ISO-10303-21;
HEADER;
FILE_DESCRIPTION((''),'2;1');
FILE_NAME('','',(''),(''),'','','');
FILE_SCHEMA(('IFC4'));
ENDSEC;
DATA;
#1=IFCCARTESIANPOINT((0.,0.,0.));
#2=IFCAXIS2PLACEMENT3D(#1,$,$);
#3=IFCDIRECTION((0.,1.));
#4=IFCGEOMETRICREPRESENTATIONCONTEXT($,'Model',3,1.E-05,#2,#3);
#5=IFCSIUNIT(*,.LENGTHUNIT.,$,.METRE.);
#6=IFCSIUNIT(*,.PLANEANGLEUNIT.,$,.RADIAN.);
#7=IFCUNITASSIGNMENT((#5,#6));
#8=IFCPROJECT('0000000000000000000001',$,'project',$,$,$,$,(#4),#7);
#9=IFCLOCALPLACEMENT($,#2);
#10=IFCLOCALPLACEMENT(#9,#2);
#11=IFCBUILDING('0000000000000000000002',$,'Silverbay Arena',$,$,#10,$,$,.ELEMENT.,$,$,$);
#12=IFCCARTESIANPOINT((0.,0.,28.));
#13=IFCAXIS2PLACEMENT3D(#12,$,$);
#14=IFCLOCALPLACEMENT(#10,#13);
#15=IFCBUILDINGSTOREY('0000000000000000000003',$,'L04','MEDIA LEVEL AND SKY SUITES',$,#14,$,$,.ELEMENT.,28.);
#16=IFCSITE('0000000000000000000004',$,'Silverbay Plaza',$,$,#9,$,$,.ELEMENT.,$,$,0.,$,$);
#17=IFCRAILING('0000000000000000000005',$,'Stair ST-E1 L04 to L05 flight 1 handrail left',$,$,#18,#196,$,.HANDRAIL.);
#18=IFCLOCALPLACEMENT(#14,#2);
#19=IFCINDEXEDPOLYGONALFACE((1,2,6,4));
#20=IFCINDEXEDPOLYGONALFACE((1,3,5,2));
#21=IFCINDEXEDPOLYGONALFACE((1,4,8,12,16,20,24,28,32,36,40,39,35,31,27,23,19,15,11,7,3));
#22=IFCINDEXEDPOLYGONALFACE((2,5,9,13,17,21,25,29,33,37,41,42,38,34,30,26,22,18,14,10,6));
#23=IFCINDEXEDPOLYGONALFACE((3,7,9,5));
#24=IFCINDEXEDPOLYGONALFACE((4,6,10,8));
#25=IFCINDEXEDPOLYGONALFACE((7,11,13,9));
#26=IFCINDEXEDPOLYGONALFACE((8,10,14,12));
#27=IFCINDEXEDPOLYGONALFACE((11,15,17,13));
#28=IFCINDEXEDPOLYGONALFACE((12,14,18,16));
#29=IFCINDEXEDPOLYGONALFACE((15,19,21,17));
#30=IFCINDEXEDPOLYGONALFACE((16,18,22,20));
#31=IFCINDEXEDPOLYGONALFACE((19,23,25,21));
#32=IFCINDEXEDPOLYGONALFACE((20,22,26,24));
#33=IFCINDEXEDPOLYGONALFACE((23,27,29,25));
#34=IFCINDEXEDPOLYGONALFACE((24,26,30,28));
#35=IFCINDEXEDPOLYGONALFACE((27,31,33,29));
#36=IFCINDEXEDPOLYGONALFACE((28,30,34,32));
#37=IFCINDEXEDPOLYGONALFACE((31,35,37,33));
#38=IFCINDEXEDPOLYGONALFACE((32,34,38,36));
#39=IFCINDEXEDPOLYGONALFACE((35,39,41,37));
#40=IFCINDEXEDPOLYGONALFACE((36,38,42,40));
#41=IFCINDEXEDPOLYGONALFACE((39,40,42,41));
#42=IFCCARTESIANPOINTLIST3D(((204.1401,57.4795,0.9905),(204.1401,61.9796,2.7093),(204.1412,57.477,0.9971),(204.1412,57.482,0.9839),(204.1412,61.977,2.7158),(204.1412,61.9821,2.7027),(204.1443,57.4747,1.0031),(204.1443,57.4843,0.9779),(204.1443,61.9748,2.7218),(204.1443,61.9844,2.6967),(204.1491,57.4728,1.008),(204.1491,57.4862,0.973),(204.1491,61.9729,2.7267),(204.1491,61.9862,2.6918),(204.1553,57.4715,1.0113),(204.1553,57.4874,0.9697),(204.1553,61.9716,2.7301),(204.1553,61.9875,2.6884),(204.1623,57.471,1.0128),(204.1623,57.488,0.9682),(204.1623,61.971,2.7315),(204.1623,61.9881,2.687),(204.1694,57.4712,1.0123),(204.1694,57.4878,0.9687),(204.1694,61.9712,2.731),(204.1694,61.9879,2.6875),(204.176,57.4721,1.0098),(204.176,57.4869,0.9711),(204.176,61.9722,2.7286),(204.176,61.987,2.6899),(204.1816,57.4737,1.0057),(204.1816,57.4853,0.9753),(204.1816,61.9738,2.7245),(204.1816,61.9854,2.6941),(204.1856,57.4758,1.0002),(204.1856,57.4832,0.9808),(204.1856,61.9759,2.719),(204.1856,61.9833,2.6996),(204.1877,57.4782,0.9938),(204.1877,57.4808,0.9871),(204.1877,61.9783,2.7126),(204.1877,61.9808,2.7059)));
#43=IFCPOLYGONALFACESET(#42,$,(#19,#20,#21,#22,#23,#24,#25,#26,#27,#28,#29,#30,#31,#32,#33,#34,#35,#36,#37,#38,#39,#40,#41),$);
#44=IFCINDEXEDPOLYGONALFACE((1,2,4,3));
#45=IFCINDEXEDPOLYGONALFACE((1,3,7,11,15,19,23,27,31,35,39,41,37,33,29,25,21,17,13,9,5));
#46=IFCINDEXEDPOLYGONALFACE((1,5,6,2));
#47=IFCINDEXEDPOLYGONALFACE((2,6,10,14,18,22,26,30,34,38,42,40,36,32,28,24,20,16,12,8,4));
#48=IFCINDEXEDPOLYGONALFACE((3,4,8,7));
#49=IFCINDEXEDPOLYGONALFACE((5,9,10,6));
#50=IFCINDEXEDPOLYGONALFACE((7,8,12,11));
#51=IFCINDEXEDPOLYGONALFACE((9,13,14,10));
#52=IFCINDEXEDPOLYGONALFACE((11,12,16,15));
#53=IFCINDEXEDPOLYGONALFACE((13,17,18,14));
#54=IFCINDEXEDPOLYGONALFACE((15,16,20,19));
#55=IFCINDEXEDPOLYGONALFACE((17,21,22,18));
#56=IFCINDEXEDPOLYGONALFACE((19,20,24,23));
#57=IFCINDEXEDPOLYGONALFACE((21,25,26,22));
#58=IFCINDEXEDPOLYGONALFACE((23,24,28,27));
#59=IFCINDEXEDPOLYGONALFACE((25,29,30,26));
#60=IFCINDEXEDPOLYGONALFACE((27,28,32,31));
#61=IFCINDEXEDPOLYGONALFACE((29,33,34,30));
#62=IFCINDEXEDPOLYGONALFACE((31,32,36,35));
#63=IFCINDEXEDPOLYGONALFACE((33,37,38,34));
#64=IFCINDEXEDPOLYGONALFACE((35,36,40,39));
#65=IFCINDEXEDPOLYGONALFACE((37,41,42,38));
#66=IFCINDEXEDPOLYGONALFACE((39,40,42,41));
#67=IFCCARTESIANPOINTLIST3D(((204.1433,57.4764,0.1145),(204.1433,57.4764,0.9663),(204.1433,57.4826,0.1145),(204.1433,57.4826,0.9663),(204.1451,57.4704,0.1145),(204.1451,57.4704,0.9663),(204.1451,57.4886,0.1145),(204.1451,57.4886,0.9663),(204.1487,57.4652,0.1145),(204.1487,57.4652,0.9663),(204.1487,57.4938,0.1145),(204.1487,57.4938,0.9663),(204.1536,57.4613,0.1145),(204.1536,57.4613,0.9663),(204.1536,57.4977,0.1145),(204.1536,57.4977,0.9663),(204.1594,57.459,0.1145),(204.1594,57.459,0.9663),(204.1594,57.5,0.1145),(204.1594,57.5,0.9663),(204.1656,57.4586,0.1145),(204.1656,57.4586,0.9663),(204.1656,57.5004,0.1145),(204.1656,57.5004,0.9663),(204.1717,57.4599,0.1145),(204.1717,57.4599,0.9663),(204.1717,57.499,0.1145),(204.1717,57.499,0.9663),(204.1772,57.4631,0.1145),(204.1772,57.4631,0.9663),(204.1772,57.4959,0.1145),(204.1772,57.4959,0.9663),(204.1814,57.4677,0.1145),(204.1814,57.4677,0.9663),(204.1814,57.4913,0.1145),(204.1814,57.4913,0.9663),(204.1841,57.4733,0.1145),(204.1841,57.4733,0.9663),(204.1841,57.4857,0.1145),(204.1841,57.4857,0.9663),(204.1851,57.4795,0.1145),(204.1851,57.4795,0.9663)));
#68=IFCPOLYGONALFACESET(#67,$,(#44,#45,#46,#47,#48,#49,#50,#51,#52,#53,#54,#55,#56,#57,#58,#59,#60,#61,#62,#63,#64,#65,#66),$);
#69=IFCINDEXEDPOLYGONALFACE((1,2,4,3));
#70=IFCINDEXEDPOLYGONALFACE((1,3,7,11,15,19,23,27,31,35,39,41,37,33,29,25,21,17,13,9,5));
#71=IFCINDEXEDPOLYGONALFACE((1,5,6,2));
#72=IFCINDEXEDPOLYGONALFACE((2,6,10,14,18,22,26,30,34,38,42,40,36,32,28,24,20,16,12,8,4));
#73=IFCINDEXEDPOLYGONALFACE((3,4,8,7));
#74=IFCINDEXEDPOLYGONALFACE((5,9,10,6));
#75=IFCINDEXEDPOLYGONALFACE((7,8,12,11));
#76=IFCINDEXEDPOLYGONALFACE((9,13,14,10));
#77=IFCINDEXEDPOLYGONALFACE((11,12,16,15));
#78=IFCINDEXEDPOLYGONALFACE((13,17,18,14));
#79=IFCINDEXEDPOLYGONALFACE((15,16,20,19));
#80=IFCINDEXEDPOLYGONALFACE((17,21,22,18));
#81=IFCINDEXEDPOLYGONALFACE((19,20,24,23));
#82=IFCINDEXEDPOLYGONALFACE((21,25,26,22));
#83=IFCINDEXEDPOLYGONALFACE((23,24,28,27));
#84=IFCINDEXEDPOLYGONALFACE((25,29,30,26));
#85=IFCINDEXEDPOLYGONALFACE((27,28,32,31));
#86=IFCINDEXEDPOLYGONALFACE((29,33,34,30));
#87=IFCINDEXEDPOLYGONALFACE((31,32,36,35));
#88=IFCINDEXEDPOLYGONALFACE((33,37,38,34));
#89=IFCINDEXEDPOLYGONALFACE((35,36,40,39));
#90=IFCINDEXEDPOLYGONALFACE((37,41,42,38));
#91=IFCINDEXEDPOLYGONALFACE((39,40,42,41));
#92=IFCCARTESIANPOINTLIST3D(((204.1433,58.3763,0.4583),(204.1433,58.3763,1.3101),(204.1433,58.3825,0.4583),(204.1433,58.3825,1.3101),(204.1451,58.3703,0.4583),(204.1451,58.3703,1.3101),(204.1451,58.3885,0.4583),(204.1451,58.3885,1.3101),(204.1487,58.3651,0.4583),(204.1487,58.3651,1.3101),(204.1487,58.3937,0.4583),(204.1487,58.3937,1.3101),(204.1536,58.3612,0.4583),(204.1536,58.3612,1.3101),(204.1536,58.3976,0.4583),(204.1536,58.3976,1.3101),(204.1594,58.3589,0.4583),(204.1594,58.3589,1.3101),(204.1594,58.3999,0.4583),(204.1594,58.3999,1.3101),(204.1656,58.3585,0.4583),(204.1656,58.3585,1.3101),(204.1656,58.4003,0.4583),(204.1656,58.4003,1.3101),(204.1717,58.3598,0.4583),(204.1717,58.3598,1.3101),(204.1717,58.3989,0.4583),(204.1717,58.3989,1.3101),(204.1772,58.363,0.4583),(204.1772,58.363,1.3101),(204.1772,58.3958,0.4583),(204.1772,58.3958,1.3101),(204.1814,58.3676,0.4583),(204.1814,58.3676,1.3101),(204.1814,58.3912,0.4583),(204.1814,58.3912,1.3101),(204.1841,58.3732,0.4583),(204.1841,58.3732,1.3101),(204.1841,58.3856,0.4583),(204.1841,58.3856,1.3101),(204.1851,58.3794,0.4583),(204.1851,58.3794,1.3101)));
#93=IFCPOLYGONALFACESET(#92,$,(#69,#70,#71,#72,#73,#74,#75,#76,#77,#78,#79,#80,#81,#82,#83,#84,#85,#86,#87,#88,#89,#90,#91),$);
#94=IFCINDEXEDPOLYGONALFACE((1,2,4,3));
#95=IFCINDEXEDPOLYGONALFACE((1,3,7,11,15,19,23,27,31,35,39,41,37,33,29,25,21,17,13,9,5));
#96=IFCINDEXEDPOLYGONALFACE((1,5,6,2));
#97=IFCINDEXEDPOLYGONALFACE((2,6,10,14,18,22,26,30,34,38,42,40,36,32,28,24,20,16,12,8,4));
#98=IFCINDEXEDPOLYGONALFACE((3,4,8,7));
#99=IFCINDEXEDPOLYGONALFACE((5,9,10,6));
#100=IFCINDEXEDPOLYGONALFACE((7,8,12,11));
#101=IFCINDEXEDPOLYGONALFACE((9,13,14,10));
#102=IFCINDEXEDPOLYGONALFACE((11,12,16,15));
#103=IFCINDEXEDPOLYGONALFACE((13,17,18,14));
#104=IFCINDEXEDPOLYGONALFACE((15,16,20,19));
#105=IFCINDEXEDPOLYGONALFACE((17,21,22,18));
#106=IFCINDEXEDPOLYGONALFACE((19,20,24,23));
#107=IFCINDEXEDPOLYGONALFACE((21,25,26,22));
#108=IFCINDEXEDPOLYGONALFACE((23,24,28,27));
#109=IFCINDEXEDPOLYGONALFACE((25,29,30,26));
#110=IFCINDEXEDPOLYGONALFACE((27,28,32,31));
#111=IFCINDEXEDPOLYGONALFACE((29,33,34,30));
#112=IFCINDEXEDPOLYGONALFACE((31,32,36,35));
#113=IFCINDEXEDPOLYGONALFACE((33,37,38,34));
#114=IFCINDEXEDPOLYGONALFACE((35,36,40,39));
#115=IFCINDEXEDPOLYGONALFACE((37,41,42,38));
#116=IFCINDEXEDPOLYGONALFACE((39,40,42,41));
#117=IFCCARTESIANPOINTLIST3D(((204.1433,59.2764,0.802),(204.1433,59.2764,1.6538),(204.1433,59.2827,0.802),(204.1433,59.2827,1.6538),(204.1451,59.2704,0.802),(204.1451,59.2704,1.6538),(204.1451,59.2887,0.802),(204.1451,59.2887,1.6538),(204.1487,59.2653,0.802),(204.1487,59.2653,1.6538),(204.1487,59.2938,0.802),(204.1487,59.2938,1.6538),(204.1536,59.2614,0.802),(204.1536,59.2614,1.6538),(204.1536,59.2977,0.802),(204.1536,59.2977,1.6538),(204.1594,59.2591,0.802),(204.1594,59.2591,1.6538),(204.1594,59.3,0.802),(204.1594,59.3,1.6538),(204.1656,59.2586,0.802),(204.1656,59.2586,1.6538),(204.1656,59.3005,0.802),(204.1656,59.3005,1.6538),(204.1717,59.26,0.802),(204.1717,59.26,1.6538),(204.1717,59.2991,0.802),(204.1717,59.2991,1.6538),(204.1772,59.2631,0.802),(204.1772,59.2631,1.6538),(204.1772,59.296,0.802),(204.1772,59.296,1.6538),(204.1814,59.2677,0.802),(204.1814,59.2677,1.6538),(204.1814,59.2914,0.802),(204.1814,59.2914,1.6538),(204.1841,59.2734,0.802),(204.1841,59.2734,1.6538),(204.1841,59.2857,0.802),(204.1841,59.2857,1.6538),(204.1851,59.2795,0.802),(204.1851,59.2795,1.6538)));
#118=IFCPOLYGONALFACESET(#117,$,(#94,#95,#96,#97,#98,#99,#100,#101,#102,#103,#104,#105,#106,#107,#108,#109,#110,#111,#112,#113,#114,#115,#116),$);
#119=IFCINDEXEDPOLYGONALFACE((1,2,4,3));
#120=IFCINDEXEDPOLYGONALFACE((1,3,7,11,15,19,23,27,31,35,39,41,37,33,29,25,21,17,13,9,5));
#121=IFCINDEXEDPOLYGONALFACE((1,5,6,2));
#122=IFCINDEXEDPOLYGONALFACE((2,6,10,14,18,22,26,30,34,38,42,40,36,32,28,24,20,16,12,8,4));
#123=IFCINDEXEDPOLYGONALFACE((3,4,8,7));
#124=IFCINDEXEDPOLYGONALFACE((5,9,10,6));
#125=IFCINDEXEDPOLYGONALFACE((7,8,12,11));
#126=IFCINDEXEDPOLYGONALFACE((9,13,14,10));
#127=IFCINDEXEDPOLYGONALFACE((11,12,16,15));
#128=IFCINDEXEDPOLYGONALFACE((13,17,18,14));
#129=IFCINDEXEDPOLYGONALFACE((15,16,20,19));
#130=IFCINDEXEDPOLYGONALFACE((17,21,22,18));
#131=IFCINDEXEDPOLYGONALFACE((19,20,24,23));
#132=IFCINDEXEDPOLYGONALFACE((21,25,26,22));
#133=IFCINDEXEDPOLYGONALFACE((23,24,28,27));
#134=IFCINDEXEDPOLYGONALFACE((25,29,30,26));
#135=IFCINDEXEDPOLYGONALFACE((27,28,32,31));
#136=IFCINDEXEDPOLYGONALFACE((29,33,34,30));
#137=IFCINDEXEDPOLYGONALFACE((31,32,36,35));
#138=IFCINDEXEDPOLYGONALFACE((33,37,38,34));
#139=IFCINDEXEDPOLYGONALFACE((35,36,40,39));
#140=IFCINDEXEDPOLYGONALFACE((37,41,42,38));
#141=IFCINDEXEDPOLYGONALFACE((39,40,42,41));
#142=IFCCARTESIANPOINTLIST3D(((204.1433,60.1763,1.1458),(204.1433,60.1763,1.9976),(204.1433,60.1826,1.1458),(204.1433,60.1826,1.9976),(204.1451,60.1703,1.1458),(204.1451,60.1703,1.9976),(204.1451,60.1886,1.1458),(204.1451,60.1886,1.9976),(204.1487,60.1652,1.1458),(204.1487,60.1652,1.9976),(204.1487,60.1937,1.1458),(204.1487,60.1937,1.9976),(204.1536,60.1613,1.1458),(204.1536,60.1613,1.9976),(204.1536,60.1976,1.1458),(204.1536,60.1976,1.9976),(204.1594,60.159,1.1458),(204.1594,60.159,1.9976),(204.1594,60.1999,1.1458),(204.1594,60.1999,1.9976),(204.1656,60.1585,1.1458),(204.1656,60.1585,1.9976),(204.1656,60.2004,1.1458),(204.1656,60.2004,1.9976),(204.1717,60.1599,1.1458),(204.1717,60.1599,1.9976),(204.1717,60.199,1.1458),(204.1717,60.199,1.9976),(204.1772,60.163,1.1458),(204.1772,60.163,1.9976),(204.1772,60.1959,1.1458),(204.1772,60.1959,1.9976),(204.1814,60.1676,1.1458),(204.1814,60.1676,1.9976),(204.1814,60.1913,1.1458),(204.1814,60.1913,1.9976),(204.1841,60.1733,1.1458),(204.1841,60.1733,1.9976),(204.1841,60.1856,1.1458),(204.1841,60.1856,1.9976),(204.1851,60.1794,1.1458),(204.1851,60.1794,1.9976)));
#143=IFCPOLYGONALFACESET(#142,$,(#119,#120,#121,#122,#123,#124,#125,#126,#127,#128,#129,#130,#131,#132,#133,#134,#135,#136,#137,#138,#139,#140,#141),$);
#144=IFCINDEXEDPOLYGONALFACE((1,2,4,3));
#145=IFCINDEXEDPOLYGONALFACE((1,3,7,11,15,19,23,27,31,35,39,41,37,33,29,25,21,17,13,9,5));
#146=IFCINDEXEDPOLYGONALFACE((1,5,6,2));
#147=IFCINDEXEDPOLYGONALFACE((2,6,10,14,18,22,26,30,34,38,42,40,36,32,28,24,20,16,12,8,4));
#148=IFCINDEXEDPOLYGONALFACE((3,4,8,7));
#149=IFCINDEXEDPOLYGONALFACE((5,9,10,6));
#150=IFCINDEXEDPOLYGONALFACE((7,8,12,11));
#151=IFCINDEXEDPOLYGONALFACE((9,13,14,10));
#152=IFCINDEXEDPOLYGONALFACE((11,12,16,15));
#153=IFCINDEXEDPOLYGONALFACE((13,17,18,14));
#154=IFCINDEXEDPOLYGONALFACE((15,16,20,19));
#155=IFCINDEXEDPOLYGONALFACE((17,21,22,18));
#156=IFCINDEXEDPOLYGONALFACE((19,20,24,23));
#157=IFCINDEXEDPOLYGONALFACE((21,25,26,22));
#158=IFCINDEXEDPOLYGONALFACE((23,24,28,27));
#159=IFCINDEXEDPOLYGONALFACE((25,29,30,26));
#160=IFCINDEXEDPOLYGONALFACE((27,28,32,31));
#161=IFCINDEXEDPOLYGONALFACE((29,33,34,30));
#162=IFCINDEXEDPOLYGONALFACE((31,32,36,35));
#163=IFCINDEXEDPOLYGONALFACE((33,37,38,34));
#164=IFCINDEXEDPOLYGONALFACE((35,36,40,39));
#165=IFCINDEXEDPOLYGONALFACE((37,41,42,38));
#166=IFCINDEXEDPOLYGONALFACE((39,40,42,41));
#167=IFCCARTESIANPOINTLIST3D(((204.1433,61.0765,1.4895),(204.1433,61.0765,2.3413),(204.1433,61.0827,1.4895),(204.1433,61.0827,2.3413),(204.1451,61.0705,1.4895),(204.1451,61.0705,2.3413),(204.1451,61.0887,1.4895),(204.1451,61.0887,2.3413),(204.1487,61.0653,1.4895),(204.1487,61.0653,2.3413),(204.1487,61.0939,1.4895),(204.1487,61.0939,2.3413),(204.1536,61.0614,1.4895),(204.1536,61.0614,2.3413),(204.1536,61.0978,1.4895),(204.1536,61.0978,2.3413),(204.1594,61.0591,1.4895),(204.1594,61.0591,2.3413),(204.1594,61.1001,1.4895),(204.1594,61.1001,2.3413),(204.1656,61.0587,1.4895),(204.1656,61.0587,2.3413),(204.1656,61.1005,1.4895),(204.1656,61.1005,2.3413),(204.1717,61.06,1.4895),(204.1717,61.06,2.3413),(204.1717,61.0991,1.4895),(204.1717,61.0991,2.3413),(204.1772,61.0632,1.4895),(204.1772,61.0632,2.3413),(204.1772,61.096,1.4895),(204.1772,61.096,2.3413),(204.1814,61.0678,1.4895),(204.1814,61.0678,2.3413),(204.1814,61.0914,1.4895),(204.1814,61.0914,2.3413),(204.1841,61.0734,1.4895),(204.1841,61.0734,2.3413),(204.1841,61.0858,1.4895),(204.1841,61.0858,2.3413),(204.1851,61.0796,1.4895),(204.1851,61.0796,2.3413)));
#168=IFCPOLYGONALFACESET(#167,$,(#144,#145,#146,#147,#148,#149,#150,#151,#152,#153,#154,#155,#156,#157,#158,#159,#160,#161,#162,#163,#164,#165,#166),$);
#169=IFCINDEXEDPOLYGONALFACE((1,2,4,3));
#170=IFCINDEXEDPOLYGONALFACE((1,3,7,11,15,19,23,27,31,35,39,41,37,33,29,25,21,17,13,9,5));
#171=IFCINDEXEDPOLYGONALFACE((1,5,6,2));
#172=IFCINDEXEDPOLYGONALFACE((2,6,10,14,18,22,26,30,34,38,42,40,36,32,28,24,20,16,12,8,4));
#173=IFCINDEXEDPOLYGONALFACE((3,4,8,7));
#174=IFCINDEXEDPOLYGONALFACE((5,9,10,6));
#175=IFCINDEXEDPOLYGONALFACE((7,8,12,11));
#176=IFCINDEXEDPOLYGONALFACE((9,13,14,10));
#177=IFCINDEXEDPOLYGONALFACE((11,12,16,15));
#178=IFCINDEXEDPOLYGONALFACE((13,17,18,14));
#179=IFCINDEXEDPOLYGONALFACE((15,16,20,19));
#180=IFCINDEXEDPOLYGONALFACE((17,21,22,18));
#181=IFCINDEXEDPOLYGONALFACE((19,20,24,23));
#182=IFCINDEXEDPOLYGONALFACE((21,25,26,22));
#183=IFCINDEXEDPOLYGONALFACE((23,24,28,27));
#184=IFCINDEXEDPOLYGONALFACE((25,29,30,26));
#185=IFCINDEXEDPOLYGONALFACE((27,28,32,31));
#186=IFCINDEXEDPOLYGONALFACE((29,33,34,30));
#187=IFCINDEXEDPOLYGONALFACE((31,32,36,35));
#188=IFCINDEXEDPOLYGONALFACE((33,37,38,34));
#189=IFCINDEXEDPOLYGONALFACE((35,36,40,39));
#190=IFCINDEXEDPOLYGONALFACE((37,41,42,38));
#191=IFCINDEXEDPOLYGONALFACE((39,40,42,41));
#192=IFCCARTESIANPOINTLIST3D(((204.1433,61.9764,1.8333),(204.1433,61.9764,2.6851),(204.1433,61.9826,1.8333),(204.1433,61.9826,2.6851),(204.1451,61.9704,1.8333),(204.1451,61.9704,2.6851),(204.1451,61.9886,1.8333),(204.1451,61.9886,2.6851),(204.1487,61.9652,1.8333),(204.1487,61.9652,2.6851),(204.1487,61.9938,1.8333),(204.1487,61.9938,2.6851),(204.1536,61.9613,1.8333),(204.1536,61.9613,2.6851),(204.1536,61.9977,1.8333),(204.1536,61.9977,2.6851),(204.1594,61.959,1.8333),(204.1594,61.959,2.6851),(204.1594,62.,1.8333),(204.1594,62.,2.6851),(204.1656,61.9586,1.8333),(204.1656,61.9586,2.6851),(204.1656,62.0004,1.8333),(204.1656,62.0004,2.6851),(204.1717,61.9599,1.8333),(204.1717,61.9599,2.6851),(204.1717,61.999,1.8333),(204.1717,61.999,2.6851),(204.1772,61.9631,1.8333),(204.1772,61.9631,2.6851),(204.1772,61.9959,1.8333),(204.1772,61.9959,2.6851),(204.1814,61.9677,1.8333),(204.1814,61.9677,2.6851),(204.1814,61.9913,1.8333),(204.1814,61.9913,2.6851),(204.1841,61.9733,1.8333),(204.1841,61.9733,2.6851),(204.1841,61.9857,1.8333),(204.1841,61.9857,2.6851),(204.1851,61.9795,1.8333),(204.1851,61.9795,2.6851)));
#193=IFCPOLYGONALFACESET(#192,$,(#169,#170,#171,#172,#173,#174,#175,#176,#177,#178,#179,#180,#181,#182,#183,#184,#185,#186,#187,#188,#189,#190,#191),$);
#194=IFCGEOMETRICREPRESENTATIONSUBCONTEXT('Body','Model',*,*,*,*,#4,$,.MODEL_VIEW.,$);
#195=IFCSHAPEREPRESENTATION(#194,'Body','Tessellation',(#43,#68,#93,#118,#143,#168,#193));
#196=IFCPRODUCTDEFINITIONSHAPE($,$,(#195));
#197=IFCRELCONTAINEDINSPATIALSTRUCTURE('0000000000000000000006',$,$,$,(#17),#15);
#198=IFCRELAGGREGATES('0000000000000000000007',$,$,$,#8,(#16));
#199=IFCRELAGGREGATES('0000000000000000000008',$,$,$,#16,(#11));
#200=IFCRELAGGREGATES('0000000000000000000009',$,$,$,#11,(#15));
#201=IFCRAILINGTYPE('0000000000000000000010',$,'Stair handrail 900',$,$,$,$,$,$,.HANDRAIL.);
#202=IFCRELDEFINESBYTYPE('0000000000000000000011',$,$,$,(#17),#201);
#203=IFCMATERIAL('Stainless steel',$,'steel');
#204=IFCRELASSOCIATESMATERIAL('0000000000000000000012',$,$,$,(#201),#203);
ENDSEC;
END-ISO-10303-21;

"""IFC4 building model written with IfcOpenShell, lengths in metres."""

from ifc_helpers import new_model, si_unit, direction, frame, origin, origin_2d, place, context, subcontext, project, spatial, circle, extrude, material, type_object, element, save


model = new_model("IFC4")

# Units and contexts
model_context = context("Model", 3, precision=1e-05, world=origin(), true_north=direction((0.0, 1.0)))
body_context = subcontext(model_context, "Body", "Model", "MODEL_VIEW")
ifc_project = project(units=[si_unit("LENGTHUNIT", "METRE"), si_unit("PLANEANGLEUNIT", "RADIAN")], contexts=[model_context])

# Site, building, storey
site_placement = place(None, origin())
site = spatial("IfcSite", under=ifc_project, at=site_placement, Name="Silverbay Plaza", CompositionType="ELEMENT", RefElevation=0.0)
building_placement = place(site_placement, origin())
building = spatial("IfcBuilding", under=site, at=building_placement, Name="Silverbay Arena", CompositionType="ELEMENT")
storey_placement = place(building_placement, frame((0.0, 0.0, 28.0)))
storey = spatial("IfcBuildingStorey", under=building, at=storey_placement, Name="L04", Description="MEDIA LEVEL AND SKY SUITES", CompositionType="ELEMENT", Elevation=28.0)

# Railing
ifc_material_1 = material(Name="Stainless steel", Category="steel")
railing_type_1 = type_object("IfcRailingType", Name="Stair handrail 900", PredefinedType="HANDRAIL", material=ifc_material_1)
for number, where, name in (
    (1, (204.1641, 57.4795, 0.1145), "Stair ST-E1 L04 to L05 flight 1 handrail left"),
):
    element("IfcRailing", number, at=place(storey_placement, frame(where)), inside=storey, type_object=railing_type_1, Name=name, PredefinedType="HANDRAIL", context=body_context, shape_type="SweptSolid", body=[
        extrude(circle(Radius=0.0239, at=origin_2d()), frame((0.0, 0.0, 0.876), z_axis=(0.0, 0.934179, 0.356805), x_axis=(-1.0, 0.0, 0.0)), (0.0, 0.0, 1.0), 4.8171),
        extrude(circle(Radius=0.021, at=origin_2d()), origin(), (0.0, 0.0, 1.0), 0.8518),
        extrude(circle(Radius=0.021, at=origin_2d()), frame((0.0, 0.8999, 0.3438)), (0.0, 0.0, 1.0), 0.8518),
        extrude(circle(Radius=0.021, at=origin_2d()), frame((0.0, 1.8, 0.6875)), (0.0, 0.0, 1.0), 0.8518),
        extrude(circle(Radius=0.021, at=origin_2d()), frame((0.0, 2.7, 1.0312)), (0.0, 0.0, 1.0), 0.8518),
        extrude(circle(Radius=0.021, at=origin_2d()), frame((0.0, 3.6001, 1.375)), (0.0, 0.0, 1.0), 0.8518),
        extrude(circle(Radius=0.021, at=origin_2d()), frame((0.0, 4.5, 1.7188)), (0.0, 0.0, 1.0), 0.8518),
    ])

save(model, "model.ifc")
